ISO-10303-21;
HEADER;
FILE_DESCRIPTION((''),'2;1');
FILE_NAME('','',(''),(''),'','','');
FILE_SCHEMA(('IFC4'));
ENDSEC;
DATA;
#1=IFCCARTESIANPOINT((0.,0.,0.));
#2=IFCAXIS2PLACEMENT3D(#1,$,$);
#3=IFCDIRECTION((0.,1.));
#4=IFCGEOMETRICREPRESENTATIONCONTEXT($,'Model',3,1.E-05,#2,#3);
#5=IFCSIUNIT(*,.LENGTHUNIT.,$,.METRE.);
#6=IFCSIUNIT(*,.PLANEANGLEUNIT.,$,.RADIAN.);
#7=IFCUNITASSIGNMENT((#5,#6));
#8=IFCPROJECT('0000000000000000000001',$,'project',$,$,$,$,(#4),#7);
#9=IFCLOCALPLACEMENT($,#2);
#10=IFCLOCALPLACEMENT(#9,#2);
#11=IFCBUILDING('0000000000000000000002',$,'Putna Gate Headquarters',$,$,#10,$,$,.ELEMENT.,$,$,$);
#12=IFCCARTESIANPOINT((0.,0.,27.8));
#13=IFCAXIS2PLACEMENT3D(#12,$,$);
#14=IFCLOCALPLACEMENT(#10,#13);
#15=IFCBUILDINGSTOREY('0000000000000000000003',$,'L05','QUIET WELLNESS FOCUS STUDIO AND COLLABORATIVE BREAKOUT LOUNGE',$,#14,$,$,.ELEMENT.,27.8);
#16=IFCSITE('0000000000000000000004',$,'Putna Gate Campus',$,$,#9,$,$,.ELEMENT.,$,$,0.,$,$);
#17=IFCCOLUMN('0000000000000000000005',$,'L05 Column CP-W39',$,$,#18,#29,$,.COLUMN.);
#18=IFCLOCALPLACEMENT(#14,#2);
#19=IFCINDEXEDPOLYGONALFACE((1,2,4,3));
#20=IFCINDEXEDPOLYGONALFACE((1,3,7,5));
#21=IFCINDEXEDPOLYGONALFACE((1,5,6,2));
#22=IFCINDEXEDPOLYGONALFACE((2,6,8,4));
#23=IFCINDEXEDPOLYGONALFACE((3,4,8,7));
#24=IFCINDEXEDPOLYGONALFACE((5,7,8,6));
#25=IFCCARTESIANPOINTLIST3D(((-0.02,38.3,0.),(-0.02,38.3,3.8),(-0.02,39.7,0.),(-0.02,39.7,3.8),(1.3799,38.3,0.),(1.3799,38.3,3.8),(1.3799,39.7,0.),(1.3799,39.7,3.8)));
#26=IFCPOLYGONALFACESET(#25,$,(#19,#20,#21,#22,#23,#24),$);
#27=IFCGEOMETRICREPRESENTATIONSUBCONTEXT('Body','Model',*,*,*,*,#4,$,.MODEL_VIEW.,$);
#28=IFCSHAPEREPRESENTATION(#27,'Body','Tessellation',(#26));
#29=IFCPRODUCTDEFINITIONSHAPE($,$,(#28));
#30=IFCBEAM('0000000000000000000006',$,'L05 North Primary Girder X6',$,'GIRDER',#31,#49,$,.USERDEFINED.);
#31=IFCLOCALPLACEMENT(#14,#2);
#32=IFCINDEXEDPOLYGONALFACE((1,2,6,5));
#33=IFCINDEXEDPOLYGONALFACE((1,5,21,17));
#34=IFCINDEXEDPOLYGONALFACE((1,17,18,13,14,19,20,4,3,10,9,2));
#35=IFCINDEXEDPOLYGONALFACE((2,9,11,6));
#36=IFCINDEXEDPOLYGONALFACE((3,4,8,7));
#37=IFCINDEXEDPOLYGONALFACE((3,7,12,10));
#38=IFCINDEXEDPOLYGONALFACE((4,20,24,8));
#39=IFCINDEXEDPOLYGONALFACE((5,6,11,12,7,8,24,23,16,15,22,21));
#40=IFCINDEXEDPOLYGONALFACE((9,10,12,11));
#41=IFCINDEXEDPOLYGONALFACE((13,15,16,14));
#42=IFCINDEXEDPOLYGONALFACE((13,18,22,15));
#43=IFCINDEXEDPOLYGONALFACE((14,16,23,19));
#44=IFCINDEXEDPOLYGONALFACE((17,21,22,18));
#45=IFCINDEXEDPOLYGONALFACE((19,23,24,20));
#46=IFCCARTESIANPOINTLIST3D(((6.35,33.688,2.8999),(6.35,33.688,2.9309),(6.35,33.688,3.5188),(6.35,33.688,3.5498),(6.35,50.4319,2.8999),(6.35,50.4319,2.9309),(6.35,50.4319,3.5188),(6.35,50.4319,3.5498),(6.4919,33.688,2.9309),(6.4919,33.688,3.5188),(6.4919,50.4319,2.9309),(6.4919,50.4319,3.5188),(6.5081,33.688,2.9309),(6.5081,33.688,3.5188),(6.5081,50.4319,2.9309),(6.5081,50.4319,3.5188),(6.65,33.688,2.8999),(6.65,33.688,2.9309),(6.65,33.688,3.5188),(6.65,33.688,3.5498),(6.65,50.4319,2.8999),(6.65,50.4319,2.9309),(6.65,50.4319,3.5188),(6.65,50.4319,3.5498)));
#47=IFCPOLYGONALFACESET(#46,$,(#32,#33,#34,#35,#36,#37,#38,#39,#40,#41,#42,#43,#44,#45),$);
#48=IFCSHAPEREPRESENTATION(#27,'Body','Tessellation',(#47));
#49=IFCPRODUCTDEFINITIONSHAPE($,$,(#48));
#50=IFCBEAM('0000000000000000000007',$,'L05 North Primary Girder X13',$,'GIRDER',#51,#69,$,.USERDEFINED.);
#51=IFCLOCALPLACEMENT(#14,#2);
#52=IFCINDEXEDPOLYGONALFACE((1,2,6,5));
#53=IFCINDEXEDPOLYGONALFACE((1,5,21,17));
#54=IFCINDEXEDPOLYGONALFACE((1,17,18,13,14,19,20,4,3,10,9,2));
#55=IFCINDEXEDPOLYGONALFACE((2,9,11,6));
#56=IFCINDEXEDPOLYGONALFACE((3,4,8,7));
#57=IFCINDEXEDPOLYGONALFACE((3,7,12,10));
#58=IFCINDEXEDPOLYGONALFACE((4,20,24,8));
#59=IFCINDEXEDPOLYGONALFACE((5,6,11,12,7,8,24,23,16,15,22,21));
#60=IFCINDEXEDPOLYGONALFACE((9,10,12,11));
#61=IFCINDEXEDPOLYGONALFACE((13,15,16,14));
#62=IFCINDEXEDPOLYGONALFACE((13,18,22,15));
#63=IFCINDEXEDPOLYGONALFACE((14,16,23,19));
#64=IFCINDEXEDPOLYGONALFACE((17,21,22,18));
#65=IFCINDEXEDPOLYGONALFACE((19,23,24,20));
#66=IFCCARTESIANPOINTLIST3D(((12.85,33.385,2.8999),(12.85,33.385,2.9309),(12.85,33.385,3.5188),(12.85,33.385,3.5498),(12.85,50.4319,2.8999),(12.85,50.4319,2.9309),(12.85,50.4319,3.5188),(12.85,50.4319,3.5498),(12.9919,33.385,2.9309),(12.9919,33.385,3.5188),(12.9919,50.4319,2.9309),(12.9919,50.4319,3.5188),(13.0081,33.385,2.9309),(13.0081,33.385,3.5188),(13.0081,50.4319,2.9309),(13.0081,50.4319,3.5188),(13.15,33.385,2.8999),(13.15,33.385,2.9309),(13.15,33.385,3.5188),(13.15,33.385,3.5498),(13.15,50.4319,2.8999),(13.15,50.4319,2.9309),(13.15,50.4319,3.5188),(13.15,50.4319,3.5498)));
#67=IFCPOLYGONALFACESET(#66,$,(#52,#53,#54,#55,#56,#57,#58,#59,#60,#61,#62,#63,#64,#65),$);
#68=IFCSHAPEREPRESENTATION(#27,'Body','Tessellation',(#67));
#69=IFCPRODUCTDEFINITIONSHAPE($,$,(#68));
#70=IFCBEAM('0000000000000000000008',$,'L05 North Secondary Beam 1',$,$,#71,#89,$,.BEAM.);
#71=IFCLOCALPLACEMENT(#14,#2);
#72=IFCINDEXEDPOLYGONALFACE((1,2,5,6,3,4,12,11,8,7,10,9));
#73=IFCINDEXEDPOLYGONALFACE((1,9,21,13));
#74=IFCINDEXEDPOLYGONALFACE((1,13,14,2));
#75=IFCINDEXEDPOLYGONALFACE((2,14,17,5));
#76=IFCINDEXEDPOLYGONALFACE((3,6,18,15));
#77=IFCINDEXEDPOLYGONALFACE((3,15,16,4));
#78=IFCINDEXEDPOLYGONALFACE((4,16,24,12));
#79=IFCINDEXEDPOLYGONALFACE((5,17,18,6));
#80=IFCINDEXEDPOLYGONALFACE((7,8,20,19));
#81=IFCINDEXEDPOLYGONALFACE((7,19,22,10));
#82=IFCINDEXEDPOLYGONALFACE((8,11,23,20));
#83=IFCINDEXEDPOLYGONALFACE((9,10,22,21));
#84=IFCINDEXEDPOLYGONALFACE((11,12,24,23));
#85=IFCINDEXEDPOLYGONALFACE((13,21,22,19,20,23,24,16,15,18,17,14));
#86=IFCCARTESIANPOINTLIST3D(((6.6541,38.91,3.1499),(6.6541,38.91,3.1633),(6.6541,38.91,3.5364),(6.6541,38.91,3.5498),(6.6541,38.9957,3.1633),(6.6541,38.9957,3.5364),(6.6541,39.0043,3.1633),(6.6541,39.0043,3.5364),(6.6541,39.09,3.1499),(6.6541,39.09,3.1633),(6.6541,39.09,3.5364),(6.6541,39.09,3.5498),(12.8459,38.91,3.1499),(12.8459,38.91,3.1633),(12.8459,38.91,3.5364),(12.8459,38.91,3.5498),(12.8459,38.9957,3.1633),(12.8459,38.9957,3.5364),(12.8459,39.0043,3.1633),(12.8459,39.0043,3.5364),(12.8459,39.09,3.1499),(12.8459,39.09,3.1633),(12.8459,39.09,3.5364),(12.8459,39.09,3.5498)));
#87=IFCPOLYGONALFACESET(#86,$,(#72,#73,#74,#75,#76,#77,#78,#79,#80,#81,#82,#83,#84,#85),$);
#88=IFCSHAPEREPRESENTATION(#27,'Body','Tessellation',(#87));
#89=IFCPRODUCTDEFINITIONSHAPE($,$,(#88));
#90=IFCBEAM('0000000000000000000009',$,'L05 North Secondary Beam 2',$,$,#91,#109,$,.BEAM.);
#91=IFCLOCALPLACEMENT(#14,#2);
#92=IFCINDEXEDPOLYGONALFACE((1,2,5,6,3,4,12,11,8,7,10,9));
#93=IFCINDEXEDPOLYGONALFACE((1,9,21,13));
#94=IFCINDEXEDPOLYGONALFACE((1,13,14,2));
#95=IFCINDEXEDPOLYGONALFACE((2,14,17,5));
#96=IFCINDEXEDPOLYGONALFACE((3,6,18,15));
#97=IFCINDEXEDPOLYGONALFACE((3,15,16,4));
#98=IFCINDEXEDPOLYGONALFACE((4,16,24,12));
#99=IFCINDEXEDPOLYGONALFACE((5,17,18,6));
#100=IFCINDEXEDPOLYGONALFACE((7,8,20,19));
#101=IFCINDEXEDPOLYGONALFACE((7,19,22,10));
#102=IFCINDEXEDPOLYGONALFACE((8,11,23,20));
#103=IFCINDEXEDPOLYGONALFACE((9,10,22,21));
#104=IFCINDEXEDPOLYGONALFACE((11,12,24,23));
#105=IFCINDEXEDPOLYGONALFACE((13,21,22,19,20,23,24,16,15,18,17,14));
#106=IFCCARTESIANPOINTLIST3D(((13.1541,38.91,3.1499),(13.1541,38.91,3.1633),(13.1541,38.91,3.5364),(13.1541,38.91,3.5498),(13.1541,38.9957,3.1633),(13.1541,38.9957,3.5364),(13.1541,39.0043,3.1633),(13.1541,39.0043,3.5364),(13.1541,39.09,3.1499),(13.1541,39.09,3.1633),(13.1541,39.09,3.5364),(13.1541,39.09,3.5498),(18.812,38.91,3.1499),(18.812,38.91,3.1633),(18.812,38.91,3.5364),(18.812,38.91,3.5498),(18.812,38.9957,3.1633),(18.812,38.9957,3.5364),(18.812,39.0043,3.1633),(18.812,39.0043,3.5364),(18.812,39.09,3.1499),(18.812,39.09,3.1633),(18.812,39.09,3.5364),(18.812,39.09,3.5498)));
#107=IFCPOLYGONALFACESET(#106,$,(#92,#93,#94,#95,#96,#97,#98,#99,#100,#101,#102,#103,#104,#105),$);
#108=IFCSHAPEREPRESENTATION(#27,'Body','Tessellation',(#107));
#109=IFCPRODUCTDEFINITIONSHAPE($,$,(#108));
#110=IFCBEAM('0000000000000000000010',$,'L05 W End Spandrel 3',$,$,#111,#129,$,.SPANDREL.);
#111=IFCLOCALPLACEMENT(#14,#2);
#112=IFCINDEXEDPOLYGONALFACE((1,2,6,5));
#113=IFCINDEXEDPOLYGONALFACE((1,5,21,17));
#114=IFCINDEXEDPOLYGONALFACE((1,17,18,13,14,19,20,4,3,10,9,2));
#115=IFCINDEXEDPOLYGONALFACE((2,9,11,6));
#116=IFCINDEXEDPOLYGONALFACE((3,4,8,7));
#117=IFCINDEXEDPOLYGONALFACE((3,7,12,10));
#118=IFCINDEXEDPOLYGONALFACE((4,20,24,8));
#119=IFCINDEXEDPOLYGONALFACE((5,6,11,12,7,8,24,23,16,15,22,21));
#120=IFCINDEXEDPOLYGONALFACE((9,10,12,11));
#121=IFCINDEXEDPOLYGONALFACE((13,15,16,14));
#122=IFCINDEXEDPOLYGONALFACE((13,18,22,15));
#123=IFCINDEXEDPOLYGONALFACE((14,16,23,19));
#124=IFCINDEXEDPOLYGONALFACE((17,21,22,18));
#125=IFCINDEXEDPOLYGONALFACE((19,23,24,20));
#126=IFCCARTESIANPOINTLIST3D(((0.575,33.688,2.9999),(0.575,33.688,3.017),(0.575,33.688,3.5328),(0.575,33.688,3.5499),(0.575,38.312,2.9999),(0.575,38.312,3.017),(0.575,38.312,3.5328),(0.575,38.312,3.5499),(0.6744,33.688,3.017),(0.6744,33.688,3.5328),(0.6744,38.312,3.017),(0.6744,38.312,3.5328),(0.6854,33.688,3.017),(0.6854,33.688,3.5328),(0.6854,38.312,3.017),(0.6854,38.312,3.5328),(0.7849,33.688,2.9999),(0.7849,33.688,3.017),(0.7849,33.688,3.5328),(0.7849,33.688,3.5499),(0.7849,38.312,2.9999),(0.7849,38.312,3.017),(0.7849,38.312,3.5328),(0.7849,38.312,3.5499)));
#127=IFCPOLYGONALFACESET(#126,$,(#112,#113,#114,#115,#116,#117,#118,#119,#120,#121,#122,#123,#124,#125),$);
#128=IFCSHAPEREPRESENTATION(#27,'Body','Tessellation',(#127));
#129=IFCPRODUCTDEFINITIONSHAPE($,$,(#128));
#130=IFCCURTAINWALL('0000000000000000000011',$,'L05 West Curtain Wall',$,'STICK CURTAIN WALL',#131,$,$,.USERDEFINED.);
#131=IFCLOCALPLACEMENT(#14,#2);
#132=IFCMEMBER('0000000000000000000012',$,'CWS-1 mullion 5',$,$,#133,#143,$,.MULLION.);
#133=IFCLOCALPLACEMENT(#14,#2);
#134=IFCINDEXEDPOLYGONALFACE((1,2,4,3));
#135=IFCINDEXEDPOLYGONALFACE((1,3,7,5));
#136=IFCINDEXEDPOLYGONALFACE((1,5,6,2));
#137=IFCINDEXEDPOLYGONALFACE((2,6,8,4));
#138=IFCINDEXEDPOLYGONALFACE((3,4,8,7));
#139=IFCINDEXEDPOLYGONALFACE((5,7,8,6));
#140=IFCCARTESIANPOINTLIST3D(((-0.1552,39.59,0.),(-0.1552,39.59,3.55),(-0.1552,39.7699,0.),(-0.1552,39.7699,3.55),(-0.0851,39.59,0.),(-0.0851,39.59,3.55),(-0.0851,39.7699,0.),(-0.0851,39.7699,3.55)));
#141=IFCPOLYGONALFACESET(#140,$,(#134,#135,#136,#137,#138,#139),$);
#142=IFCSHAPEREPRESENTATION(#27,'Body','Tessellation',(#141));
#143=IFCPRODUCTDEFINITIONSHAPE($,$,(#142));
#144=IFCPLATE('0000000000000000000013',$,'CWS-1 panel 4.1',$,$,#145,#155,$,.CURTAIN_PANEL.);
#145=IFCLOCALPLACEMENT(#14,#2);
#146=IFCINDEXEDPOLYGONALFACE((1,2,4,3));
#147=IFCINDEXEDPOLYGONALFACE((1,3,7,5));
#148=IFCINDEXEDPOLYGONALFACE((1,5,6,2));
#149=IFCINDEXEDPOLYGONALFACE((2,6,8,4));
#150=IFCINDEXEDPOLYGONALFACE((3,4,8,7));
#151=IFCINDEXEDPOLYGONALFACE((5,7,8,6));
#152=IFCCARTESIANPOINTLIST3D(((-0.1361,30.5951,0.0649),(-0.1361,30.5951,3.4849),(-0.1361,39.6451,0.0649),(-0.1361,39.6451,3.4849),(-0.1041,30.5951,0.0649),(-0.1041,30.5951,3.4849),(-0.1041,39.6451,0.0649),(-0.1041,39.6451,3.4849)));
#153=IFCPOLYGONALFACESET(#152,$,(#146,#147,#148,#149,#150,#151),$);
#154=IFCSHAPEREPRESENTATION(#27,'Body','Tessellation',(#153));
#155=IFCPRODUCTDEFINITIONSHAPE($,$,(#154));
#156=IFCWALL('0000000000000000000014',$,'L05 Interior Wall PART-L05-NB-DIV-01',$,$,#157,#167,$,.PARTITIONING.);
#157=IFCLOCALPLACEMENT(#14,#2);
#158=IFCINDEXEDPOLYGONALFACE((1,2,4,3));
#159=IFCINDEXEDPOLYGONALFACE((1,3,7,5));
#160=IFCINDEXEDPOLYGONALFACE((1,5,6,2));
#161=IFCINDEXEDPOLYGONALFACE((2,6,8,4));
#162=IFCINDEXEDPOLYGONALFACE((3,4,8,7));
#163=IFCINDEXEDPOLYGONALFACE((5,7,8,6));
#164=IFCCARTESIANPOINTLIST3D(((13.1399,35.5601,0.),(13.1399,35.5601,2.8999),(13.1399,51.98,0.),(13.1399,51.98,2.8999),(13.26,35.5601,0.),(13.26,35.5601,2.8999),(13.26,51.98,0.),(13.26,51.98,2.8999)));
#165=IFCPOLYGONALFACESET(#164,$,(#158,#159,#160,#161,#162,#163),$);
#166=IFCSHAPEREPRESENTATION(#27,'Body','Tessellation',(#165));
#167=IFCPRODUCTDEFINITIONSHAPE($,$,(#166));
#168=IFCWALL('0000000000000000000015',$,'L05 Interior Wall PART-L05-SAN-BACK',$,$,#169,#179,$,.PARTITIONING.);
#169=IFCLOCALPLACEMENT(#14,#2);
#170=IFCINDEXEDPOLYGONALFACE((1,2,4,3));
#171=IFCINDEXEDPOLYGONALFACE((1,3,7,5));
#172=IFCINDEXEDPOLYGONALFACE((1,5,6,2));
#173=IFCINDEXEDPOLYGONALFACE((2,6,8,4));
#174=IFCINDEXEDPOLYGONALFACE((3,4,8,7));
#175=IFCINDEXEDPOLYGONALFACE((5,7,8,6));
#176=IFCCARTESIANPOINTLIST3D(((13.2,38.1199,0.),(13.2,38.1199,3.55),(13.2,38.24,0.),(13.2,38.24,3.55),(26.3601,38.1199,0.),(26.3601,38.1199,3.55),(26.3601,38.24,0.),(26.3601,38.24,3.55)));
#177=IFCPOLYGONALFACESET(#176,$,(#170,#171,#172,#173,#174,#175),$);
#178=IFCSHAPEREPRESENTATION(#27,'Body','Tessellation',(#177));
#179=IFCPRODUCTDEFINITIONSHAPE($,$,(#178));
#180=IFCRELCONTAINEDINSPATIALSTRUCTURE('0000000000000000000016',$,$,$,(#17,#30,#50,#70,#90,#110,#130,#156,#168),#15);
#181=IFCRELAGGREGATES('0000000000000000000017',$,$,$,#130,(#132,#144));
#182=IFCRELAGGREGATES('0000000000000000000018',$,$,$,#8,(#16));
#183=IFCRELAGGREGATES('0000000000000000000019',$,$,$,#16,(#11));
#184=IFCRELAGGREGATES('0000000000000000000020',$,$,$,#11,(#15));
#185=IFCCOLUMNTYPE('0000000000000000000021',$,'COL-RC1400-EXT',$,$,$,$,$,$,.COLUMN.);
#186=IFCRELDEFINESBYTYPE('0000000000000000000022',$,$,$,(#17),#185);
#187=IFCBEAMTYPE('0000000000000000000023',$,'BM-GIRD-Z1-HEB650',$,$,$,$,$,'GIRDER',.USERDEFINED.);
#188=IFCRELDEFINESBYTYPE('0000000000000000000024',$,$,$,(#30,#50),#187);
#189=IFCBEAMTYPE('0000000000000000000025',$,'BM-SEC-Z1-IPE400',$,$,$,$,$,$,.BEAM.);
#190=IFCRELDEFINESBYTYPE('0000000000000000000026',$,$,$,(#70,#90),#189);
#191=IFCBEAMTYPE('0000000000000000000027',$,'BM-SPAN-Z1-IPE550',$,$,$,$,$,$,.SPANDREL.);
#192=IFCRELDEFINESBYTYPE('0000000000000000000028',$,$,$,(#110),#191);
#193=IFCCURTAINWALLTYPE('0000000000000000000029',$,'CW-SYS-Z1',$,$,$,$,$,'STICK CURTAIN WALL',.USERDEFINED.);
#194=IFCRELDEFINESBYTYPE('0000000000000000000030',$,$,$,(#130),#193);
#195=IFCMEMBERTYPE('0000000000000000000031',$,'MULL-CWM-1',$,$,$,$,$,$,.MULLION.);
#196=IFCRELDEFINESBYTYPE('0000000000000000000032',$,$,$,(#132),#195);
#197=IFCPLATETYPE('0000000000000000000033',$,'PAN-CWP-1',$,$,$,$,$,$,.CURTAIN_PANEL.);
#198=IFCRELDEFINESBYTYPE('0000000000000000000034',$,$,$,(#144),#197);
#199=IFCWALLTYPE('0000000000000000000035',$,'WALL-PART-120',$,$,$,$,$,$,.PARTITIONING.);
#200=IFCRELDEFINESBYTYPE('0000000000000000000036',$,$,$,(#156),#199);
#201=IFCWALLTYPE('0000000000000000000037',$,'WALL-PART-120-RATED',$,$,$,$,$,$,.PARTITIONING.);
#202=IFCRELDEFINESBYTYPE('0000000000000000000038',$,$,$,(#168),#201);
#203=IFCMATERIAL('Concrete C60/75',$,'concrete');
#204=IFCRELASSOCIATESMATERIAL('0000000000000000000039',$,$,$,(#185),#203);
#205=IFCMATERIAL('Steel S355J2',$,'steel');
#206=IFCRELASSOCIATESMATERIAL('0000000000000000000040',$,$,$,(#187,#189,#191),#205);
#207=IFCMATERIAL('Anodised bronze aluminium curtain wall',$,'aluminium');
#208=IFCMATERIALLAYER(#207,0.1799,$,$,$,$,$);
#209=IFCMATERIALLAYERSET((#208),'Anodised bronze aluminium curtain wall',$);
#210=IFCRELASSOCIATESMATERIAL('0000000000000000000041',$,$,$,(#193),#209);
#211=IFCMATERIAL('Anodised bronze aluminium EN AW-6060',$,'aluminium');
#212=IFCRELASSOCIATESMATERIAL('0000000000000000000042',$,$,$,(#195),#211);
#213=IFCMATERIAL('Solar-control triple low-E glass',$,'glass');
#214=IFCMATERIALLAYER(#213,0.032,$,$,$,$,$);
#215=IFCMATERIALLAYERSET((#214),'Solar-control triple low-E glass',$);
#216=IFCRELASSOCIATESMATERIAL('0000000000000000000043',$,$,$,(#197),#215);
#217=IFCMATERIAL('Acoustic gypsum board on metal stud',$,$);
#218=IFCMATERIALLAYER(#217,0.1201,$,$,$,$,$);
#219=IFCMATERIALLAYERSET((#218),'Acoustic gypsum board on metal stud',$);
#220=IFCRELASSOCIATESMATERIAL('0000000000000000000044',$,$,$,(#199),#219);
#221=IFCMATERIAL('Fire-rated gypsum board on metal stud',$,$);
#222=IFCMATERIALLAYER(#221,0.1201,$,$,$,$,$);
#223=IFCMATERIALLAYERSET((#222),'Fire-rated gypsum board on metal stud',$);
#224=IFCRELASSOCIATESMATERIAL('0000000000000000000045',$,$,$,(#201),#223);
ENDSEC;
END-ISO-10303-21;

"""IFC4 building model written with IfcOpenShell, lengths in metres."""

from ifc_helpers import new_model, si_unit, direction, frame, frame_2d, origin, origin_2d, place, context, subcontext, project, spatial, rectangle, i_section, extrude, material, layer, layer_set, material_profile, profile_set, type_object, element, aggregate, save


model = new_model("IFC4")

# Units and contexts
model_context = context("Model", 3, precision=1e-05, world=origin(), true_north=direction((0.0, 1.0)))
body_context = subcontext(model_context, "Body", "Model", "MODEL_VIEW")
ifc_project = project(units=[si_unit("LENGTHUNIT", "METRE"), si_unit("PLANEANGLEUNIT", "RADIAN")], contexts=[model_context])

# Site, building, storey
site_placement = place(None, origin())
site = spatial("IfcSite", under=ifc_project, at=site_placement, Name="Putna Gate Campus", CompositionType="ELEMENT", RefElevation=0.0)
building_placement = place(site_placement, origin())
building = spatial("IfcBuilding", under=site, at=building_placement, Name="Putna Gate Headquarters", CompositionType="ELEMENT")
storey_placement = place(building_placement, frame((0.0, 0.0, 27.8)))
storey = spatial("IfcBuildingStorey", under=building, at=storey_placement, Name="L05", Description="QUIET WELLNESS FOCUS STUDIO AND COLLABORATIVE BREAKOUT LOUNGE", CompositionType="ELEMENT", Elevation=27.8)

# Column
ifc_material_1 = material(Name="Concrete C60/75", Category="concrete")
ifc_material_profile_1 = material_profile(ifc_material_1, rectangle(XDim=1.3999, YDim=1.3999, at=origin_2d()), Name="Concrete C60/75")
ifc_profile_set_1 = profile_set([ifc_material_profile_1], Name="Concrete C60/75")
column_type = type_object("IfcColumnType", Name="COL-RC1400-EXT", PredefinedType="COLUMN", material=ifc_profile_set_1)
column_placement = place(storey_placement, frame((0.6799, 39.0, 0.0), z_axis=(0.0, 0.0, 1.0), x_axis=(1.0, 0.0, 0.0)))
element("IfcColumn", 1, at=column_placement, inside=storey, type_object=column_type, Name="L05 Column CP-W39", PredefinedType="COLUMN", context=body_context, shape_type="SweptSolid", body=[
    extrude(rectangle(XDim=1.3999, YDim=1.3999, at=origin_2d()), origin(), (0.0, 0.0, 1.0), 3.8),
])

# Beams
ifc_material_2 = material(Name="Steel S355J2", Category="steel")
ifc_material_profile_2 = material_profile(ifc_material_2, i_section(OverallWidth=0.3, OverallDepth=0.6499, WebThickness=0.0161, FlangeThickness=0.031, at=origin_2d()), Name="Steel S355J2")
ifc_profile_set_2 = profile_set([ifc_material_profile_2], Name="Steel S355J2")
beam_type_1 = type_object("IfcBeamType", Name="BM-GIRD-Z1-HEB650", ElementType="GIRDER", PredefinedType="USERDEFINED", material=ifc_profile_set_2)
beam_1_placement = place(storey_placement, frame((6.5, 33.688, 3.2249), z_axis=(0.0, 1.0, 0.0), x_axis=(-1.0, 0.0, 0.0)))
element("IfcBeam", 2, at=beam_1_placement, inside=storey, type_object=beam_type_1, Name="L05 North Primary Girder X6", ObjectType="GIRDER", PredefinedType="USERDEFINED", context=body_context, shape_type="SweptSolid", body=[
    extrude(i_section(OverallWidth=0.3, OverallDepth=0.6499, WebThickness=0.0161, FlangeThickness=0.031, at=origin_2d()), origin(), (0.0, 0.0, 1.0), 16.7439),
])
beam_2_placement = place(storey_placement, frame((13.0, 33.385, 3.2249), z_axis=(0.0, 1.0, 0.0), x_axis=(-1.0, 0.0, 0.0)))
element("IfcBeam", 3, at=beam_2_placement, inside=storey, type_object=beam_type_1, Name="L05 North Primary Girder X13", ObjectType="GIRDER", PredefinedType="USERDEFINED", context=body_context, shape_type="SweptSolid", body=[
    extrude(i_section(OverallWidth=0.3, OverallDepth=0.6499, WebThickness=0.0161, FlangeThickness=0.031, at=origin_2d()), origin(), (0.0, 0.0, 1.0), 17.0469),
])
ifc_material_profile_3 = material_profile(ifc_material_2, i_section(OverallWidth=0.1799, OverallDepth=0.3999, WebThickness=0.0085, FlangeThickness=0.0134, at=origin_2d()), Name="Steel S355J2")
ifc_profile_set_3 = profile_set([ifc_material_profile_3], Name="Steel S355J2")
beam_type_2 = type_object("IfcBeamType", Name="BM-SEC-Z1-IPE400", PredefinedType="BEAM", material=ifc_profile_set_3)
beam_3_placement = place(storey_placement, frame((6.6541, 39.0, 3.3499), z_axis=(1.0, 0.0, 0.0), x_axis=(0.0, 1.0, 0.0)))
element("IfcBeam", 4, at=beam_3_placement, inside=storey, type_object=beam_type_2, Name="L05 North Secondary Beam 1", PredefinedType="BEAM", context=body_context, shape_type="SweptSolid", body=[
    extrude(i_section(OverallWidth=0.1799, OverallDepth=0.3999, WebThickness=0.0085, FlangeThickness=0.0134, at=origin_2d()), origin(), (0.0, 0.0, 1.0), 6.1919),
])
beam_4_placement = place(storey_placement, frame((13.1541, 39.0, 3.3499), z_axis=(1.0, 0.0, 0.0), x_axis=(0.0, 1.0, 0.0)))
element("IfcBeam", 5, at=beam_4_placement, inside=storey, type_object=beam_type_2, Name="L05 North Secondary Beam 2", PredefinedType="BEAM", context=body_context, shape_type="SweptSolid", body=[
    extrude(i_section(OverallWidth=0.1799, OverallDepth=0.3999, WebThickness=0.0085, FlangeThickness=0.0134, at=origin_2d()), origin(), (0.0, 0.0, 1.0), 5.658),
])
ifc_material_profile_4 = material_profile(ifc_material_2, i_section(OverallWidth=0.21, OverallDepth=0.55, WebThickness=0.011, FlangeThickness=0.0171, at=origin_2d()), Name="Steel S355J2")
ifc_profile_set_4 = profile_set([ifc_material_profile_4], Name="Steel S355J2")
beam_type_3 = type_object("IfcBeamType", Name="BM-SPAN-Z1-IPE550", PredefinedType="SPANDREL", material=ifc_profile_set_4)
beam_5_placement = place(storey_placement, frame((0.6799, 33.688, 3.2749), z_axis=(0.0, 1.0, 0.0), x_axis=(-1.0, 0.0, 0.0)))
element("IfcBeam", 6, at=beam_5_placement, inside=storey, type_object=beam_type_3, Name="L05 W End Spandrel 3", PredefinedType="SPANDREL", context=body_context, shape_type="SweptSolid", body=[
    extrude(i_section(OverallWidth=0.21, OverallDepth=0.55, WebThickness=0.011, FlangeThickness=0.0171, at=origin_2d()), origin(), (0.0, 0.0, 1.0), 4.624),
])

# Curtain wall, member, plate
ifc_material_3 = material(Name="Anodised bronze aluminium curtain wall", Category="aluminium")
ifc_layer_1 = layer(ifc_material_3, 0.1799)
ifc_layer_set_1 = layer_set([ifc_layer_1], Name="Anodised bronze aluminium curtain wall")
curtain_wall_type = type_object("IfcCurtainWallType", Name="CW-SYS-Z1", ElementType="STICK CURTAIN WALL", PredefinedType="USERDEFINED", material=ifc_layer_set_1)
curtain_wall_placement = place(storey_placement, origin())
curtain_wall = element("IfcCurtainWall", 7, at=curtain_wall_placement, inside=storey, type_object=curtain_wall_type, Name="L05 West Curtain Wall", ObjectType="STICK CURTAIN WALL", PredefinedType="USERDEFINED")
ifc_material_4 = material(Name="Anodised bronze aluminium EN AW-6060", Category="aluminium")
ifc_material_profile_5 = material_profile(ifc_material_4, rectangle(XDim=0.0701, YDim=0.1799, at=origin_2d()), Name="Anodised bronze aluminium EN AW-6060")
ifc_profile_set_5 = profile_set([ifc_material_profile_5], Name="Anodised bronze aluminium EN AW-6060")
member_type = type_object("IfcMemberType", Name="MULL-CWM-1", PredefinedType="MULLION", material=ifc_profile_set_5)
member_placement = place(storey_placement, frame((-0.1201, 39.6799, 0.0), z_axis=(0.0, 0.0, 1.0), x_axis=(-1.0, 0.0, 0.0)))
member = element("IfcMember", 8, at=member_placement, type_object=member_type, Name="CWS-1 mullion 5", PredefinedType="MULLION", context=body_context, shape_type="SweptSolid", body=[
    extrude(rectangle(XDim=0.0701, YDim=0.1799, at=origin_2d()), origin(), (0.0, 0.0, 1.0), 3.55),
])
ifc_material_5 = material(Name="Solar-control triple low-E glass", Category="glass")
ifc_layer_2 = layer(ifc_material_5, 0.032)
ifc_layer_set_2 = layer_set([ifc_layer_2], Name="Solar-control triple low-E glass")
plate_type = type_object("IfcPlateType", Name="PAN-CWP-1", PredefinedType="CURTAIN_PANEL", material=ifc_layer_set_2)
plate_placement = place(storey_placement, frame((-0.1201, 35.1201, 0.0649), z_axis=(0.0, 0.0, 1.0), x_axis=(0.0, 1.0, 0.0)))
plate = element("IfcPlate", 9, at=plate_placement, type_object=plate_type, Name="CWS-1 panel 4.1", PredefinedType="CURTAIN_PANEL", context=body_context, shape_type="SweptSolid", body=[
    extrude(rectangle(XDim=9.05, YDim=0.032, at=origin_2d()), origin(), (0.0, 0.0, 1.0), 3.4199),
])
aggregate(curtain_wall, [member, plate])

# Wall
ifc_material_6 = material(Name="Acoustic gypsum board on metal stud")
ifc_layer_3 = layer(ifc_material_6, 0.1201)
ifc_layer_set_3 = layer_set([ifc_layer_3], Name="Acoustic gypsum board on metal stud")
wall_type_1 = type_object("IfcWallType", Name="WALL-PART-120", PredefinedType="PARTITIONING", material=ifc_layer_set_3)
wall_1_placement = place(storey_placement, frame((13.2, 35.5601, 0.0), z_axis=(0.0, 0.0, 1.0), x_axis=(0.0, 1.0, 0.0)))
element("IfcWall", 10, at=wall_1_placement, inside=storey, type_object=wall_type_1, Name="L05 Interior Wall PART-L05-NB-DIV-01", PredefinedType="PARTITIONING", context=body_context, shape_type="SweptSolid", body=[
    extrude(rectangle(XDim=16.4199, YDim=0.1201, at=frame_2d((8.21, 0.0))), origin(), (0.0, 0.0, 1.0), 2.8999),
])

# Shared definitions
ifc_material_7 = material(Name="Fire-rated gypsum board on metal stud")
ifc_layer_4 = layer(ifc_material_7, 0.1201)
ifc_layer_set_4 = layer_set([ifc_layer_4], Name="Fire-rated gypsum board on metal stud")
wall_type_2 = type_object("IfcWallType", Name="WALL-PART-120-RATED", PredefinedType="PARTITIONING", material=ifc_layer_set_4)

# Wall
wall_2_placement = place(storey_placement, frame((13.2, 38.1799, 0.0), z_axis=(0.0, 0.0, 1.0), x_axis=(1.0, 0.0, 0.0)))
element("IfcWall", 11, at=wall_2_placement, inside=storey, type_object=wall_type_2, Name="L05 Interior Wall PART-L05-SAN-BACK", PredefinedType="PARTITIONING", context=body_context, shape_type="SweptSolid", body=[
    extrude(rectangle(XDim=13.1602, YDim=0.1201, at=frame_2d((6.5801, 0.0))), origin(), (0.0, 0.0, 1.0), 3.55),
])

save(model, "model.ifc")
